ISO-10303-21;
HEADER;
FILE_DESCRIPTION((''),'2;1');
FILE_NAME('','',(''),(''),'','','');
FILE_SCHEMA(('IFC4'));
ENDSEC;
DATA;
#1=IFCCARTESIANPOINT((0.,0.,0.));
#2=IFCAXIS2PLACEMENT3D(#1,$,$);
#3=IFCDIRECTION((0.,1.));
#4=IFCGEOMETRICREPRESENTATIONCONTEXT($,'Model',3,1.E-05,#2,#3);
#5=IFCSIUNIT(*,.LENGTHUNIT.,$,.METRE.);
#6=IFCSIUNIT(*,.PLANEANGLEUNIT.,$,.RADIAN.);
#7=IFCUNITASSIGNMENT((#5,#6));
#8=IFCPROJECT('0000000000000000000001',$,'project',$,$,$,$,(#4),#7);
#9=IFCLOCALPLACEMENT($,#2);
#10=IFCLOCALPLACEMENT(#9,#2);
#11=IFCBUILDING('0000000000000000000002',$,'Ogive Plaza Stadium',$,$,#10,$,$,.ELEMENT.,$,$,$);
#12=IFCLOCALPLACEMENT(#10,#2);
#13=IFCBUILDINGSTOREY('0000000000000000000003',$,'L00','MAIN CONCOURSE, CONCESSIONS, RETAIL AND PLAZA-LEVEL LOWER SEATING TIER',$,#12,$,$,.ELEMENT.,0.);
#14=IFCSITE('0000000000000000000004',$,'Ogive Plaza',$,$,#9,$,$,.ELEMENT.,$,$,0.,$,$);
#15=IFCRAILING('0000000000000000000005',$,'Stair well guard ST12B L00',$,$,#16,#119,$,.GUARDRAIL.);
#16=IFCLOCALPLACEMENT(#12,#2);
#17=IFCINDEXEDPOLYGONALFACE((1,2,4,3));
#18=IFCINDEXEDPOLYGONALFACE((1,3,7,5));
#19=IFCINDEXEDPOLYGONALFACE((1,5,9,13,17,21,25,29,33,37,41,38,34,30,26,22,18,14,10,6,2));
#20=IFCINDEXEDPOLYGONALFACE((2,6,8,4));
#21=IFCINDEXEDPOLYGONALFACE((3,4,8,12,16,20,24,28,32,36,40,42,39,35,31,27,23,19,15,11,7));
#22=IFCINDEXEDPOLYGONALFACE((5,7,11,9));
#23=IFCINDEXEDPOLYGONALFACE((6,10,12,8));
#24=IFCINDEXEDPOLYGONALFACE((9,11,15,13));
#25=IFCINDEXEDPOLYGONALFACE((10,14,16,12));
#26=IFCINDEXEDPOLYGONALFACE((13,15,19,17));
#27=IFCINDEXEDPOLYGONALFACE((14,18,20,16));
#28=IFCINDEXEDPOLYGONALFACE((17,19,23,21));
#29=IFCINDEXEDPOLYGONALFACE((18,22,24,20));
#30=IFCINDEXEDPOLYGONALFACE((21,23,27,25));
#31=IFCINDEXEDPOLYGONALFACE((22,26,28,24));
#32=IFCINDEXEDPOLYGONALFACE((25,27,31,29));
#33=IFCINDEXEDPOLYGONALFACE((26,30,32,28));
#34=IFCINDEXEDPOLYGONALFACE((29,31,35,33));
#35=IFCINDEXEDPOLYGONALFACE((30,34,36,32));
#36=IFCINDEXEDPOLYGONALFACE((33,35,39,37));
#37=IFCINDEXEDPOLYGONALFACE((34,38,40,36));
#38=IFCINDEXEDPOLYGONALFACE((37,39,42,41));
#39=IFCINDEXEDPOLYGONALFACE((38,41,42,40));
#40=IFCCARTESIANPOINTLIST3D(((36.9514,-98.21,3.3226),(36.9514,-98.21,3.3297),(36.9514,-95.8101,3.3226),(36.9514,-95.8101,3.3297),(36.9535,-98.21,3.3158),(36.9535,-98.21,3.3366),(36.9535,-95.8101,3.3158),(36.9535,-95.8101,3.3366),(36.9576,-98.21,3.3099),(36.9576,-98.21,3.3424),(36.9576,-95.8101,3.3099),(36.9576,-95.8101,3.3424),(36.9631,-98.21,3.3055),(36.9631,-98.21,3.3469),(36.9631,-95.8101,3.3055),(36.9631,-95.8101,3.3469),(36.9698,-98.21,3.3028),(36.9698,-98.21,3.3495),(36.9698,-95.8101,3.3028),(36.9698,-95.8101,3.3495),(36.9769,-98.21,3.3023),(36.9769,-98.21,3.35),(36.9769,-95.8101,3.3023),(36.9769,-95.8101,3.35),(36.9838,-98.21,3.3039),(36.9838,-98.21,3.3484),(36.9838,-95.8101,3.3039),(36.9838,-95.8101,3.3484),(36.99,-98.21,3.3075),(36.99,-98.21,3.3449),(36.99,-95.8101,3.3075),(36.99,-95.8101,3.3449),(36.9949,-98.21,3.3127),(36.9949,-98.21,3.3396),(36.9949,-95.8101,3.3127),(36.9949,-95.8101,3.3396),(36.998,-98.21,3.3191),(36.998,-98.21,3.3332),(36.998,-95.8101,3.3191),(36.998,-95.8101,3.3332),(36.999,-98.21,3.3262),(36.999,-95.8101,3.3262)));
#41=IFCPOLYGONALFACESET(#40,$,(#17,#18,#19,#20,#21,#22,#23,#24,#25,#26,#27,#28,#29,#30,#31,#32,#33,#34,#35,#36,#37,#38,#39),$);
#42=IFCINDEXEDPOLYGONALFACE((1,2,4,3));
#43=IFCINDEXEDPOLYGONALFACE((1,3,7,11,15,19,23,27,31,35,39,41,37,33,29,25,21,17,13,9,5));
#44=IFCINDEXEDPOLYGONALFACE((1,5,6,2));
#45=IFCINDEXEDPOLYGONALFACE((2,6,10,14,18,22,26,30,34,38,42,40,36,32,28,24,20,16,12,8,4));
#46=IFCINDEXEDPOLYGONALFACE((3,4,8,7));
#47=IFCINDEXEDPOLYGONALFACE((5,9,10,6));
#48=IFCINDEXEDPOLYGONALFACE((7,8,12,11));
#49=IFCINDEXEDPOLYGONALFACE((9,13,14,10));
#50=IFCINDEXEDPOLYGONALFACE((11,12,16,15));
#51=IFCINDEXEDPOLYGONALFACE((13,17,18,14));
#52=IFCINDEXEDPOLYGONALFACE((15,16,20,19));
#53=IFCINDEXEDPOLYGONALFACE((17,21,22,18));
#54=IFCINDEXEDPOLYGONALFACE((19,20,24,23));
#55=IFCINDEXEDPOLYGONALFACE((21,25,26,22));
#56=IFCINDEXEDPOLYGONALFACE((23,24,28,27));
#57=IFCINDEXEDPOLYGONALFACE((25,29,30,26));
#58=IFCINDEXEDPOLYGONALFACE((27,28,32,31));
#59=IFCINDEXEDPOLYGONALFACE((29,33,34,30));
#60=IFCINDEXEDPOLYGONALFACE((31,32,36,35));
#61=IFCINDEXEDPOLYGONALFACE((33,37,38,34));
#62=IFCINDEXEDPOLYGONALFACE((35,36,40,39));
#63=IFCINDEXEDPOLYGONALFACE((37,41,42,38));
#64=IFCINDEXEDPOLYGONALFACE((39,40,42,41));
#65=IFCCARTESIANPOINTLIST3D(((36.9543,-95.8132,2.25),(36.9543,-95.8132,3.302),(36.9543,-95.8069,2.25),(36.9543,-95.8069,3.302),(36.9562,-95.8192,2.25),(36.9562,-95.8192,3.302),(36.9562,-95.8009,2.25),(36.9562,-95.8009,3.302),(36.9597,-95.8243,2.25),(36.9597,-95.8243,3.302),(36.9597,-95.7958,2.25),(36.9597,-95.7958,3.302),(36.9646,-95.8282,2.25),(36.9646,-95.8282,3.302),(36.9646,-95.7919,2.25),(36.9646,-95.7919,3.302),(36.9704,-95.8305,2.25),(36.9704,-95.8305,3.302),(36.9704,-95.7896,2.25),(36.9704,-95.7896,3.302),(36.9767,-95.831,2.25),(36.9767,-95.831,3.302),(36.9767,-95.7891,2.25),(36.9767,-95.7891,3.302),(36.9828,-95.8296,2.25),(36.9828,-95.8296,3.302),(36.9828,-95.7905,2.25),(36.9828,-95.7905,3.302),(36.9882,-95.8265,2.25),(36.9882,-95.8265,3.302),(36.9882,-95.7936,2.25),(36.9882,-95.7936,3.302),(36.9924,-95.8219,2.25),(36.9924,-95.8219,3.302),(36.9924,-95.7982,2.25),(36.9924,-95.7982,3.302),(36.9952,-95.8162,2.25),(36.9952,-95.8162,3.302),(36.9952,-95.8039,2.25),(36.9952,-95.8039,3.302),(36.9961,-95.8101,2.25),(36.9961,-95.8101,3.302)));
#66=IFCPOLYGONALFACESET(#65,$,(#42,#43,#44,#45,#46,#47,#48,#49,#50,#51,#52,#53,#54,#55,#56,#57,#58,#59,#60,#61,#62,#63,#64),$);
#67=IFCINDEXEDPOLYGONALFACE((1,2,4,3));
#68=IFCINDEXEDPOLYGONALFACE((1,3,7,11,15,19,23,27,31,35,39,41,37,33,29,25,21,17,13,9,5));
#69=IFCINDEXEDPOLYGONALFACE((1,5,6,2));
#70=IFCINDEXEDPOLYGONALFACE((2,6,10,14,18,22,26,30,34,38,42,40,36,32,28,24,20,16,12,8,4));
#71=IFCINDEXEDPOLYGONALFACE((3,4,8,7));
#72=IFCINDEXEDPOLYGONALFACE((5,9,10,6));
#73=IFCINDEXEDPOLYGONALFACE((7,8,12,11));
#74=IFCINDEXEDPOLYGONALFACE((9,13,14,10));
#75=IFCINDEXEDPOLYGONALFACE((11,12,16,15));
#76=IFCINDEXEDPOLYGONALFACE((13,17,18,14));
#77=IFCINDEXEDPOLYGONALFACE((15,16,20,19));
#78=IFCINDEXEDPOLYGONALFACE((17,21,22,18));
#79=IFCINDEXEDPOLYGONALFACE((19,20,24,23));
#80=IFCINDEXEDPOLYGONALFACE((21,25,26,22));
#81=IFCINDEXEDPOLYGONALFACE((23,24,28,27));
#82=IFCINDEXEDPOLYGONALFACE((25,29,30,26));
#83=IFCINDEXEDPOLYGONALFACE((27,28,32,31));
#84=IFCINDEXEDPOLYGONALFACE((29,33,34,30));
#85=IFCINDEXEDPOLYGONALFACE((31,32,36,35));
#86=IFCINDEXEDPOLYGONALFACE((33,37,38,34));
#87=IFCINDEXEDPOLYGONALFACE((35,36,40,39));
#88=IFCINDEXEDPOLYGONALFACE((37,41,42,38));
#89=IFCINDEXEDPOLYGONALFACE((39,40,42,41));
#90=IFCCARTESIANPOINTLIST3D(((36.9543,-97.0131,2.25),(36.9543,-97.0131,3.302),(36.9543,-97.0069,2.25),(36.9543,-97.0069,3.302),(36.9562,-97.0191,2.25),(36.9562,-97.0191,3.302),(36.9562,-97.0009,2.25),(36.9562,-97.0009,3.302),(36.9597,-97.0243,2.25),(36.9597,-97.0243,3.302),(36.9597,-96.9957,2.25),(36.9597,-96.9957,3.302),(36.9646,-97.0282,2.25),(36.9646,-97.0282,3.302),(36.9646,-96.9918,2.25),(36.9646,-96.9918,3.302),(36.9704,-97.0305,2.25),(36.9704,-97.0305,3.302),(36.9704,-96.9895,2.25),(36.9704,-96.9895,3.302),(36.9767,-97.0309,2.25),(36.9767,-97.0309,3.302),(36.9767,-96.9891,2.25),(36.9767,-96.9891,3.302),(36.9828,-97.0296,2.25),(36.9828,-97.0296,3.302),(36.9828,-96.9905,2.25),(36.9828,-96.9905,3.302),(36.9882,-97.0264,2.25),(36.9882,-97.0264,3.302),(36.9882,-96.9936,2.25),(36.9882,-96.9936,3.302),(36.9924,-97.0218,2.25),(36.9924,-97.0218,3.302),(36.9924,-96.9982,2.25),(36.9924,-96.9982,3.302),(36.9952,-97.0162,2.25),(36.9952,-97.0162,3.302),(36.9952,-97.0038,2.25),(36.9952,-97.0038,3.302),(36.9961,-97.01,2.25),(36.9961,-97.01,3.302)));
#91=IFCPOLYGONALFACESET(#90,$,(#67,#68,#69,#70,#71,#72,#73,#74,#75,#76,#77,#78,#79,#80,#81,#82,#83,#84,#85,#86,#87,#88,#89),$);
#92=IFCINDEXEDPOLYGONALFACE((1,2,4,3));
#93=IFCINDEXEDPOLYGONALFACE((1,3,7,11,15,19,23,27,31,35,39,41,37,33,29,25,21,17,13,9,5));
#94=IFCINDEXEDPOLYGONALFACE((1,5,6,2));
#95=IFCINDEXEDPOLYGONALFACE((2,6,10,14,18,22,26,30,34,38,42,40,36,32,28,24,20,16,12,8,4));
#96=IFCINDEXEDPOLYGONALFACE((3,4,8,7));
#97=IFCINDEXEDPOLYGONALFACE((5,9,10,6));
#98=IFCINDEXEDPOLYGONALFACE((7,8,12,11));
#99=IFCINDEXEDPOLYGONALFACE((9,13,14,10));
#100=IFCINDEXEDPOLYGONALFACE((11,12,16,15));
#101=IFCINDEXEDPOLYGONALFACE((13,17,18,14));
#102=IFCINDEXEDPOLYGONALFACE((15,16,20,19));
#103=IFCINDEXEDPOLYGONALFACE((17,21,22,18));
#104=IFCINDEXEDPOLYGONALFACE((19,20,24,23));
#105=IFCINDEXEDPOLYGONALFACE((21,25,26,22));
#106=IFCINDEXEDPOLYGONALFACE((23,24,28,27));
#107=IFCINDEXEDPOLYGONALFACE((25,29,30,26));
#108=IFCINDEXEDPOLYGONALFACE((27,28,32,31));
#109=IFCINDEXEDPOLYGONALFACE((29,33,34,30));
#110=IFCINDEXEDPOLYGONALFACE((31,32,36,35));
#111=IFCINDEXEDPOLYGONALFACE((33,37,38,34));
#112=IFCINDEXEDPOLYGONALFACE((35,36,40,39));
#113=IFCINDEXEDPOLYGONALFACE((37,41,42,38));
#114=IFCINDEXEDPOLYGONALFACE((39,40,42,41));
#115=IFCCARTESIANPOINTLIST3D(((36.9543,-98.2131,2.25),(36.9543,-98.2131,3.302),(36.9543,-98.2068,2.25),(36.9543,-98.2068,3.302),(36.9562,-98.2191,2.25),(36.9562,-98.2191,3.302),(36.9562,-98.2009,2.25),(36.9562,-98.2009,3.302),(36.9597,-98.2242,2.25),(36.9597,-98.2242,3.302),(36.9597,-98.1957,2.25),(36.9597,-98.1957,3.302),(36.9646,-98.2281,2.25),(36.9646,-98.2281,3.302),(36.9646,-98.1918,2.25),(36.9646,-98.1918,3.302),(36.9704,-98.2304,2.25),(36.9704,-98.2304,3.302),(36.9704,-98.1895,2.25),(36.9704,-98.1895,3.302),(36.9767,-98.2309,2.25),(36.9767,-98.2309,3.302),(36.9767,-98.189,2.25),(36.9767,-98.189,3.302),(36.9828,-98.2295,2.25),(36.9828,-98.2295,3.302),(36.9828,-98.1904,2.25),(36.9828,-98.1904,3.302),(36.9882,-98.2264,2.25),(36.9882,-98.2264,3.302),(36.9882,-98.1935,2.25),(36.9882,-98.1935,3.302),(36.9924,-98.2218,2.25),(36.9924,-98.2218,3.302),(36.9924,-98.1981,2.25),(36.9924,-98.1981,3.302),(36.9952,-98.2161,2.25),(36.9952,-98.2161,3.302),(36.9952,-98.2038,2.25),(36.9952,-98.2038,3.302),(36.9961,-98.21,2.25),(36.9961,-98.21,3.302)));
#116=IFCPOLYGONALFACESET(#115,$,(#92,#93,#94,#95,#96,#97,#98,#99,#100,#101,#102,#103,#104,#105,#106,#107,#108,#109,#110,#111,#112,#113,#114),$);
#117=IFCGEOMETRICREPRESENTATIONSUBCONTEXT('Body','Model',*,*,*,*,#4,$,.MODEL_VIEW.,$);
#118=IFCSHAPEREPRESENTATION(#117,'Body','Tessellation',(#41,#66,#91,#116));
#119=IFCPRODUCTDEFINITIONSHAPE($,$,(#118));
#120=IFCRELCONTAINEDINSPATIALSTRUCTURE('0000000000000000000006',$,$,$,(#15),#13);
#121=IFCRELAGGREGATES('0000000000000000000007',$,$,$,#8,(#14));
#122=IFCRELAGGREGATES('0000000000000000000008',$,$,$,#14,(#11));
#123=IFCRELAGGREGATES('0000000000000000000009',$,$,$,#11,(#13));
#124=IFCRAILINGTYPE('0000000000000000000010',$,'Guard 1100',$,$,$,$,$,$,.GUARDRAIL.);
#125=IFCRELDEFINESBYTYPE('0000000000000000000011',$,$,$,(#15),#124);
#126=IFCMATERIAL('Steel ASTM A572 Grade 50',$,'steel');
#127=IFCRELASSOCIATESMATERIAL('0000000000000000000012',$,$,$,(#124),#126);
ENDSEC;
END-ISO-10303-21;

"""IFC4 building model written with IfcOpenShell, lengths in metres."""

from ifc_helpers import new_model, si_unit, direction, frame, origin, origin_2d, place, context, subcontext, project, spatial, circle, extrude, material, type_object, element, save


model = new_model("IFC4")

# Units and contexts
model_context = context("Model", 3, precision=1e-05, world=origin(), true_north=direction((0.0, 1.0)))
body_context = subcontext(model_context, "Body", "Model", "MODEL_VIEW")
ifc_project = project(units=[si_unit("LENGTHUNIT", "METRE"), si_unit("PLANEANGLEUNIT", "RADIAN")], contexts=[model_context])

# Site, building, storey
site_placement = place(None, origin())
site = spatial("IfcSite", under=ifc_project, at=site_placement, Name="Ogive Plaza", CompositionType="ELEMENT", RefElevation=0.0)
building_placement = place(site_placement, origin())
building = spatial("IfcBuilding", under=site, at=building_placement, Name="Ogive Plaza Stadium", CompositionType="ELEMENT")
storey_placement = place(building_placement, origin())
storey = spatial("IfcBuildingStorey", under=building, at=storey_placement, Name="L00", Description="MAIN CONCOURSE, CONCESSIONS, RETAIL AND PLAZA-LEVEL LOWER SEATING TIER", CompositionType="ELEMENT", Elevation=0.0)

# Railing
ifc_material_1 = material(Name="Steel ASTM A572 Grade 50", Category="steel")
railing_type_1 = type_object("IfcRailingType", Name="Guard 1100", PredefinedType="GUARDRAIL", material=ifc_material_1)
for number, where, name in (
    (1, (36.9751, -95.8101, 2.25), "Stair well guard ST12B L00"),
):
    element("IfcRailing", number, at=place(storey_placement, frame(where)), inside=storey, type_object=railing_type_1, Name=name, PredefinedType="GUARDRAIL", context=body_context, shape_type="SweptSolid", body=[
        extrude(circle(Radius=0.0239, at=origin_2d()), frame((0.0, 0.0, 1.0762), z_axis=(0.0, -1.0, 0.0), x_axis=(1.0, 0.0, 0.0)), (0.0, 0.0, 1.0), 2.3999),
        extrude(circle(Radius=0.021, at=origin_2d()), origin(), (0.0, 0.0, 1.0), 1.052),
        extrude(circle(Radius=0.021, at=origin_2d()), frame((0.0, -1.2, 0.0)), (0.0, 0.0, 1.0), 1.052),
        extrude(circle(Radius=0.021, at=origin_2d()), frame((0.0, -2.3999, 0.0)), (0.0, 0.0, 1.0), 1.052),
    ])

save(model, "model.ifc")
